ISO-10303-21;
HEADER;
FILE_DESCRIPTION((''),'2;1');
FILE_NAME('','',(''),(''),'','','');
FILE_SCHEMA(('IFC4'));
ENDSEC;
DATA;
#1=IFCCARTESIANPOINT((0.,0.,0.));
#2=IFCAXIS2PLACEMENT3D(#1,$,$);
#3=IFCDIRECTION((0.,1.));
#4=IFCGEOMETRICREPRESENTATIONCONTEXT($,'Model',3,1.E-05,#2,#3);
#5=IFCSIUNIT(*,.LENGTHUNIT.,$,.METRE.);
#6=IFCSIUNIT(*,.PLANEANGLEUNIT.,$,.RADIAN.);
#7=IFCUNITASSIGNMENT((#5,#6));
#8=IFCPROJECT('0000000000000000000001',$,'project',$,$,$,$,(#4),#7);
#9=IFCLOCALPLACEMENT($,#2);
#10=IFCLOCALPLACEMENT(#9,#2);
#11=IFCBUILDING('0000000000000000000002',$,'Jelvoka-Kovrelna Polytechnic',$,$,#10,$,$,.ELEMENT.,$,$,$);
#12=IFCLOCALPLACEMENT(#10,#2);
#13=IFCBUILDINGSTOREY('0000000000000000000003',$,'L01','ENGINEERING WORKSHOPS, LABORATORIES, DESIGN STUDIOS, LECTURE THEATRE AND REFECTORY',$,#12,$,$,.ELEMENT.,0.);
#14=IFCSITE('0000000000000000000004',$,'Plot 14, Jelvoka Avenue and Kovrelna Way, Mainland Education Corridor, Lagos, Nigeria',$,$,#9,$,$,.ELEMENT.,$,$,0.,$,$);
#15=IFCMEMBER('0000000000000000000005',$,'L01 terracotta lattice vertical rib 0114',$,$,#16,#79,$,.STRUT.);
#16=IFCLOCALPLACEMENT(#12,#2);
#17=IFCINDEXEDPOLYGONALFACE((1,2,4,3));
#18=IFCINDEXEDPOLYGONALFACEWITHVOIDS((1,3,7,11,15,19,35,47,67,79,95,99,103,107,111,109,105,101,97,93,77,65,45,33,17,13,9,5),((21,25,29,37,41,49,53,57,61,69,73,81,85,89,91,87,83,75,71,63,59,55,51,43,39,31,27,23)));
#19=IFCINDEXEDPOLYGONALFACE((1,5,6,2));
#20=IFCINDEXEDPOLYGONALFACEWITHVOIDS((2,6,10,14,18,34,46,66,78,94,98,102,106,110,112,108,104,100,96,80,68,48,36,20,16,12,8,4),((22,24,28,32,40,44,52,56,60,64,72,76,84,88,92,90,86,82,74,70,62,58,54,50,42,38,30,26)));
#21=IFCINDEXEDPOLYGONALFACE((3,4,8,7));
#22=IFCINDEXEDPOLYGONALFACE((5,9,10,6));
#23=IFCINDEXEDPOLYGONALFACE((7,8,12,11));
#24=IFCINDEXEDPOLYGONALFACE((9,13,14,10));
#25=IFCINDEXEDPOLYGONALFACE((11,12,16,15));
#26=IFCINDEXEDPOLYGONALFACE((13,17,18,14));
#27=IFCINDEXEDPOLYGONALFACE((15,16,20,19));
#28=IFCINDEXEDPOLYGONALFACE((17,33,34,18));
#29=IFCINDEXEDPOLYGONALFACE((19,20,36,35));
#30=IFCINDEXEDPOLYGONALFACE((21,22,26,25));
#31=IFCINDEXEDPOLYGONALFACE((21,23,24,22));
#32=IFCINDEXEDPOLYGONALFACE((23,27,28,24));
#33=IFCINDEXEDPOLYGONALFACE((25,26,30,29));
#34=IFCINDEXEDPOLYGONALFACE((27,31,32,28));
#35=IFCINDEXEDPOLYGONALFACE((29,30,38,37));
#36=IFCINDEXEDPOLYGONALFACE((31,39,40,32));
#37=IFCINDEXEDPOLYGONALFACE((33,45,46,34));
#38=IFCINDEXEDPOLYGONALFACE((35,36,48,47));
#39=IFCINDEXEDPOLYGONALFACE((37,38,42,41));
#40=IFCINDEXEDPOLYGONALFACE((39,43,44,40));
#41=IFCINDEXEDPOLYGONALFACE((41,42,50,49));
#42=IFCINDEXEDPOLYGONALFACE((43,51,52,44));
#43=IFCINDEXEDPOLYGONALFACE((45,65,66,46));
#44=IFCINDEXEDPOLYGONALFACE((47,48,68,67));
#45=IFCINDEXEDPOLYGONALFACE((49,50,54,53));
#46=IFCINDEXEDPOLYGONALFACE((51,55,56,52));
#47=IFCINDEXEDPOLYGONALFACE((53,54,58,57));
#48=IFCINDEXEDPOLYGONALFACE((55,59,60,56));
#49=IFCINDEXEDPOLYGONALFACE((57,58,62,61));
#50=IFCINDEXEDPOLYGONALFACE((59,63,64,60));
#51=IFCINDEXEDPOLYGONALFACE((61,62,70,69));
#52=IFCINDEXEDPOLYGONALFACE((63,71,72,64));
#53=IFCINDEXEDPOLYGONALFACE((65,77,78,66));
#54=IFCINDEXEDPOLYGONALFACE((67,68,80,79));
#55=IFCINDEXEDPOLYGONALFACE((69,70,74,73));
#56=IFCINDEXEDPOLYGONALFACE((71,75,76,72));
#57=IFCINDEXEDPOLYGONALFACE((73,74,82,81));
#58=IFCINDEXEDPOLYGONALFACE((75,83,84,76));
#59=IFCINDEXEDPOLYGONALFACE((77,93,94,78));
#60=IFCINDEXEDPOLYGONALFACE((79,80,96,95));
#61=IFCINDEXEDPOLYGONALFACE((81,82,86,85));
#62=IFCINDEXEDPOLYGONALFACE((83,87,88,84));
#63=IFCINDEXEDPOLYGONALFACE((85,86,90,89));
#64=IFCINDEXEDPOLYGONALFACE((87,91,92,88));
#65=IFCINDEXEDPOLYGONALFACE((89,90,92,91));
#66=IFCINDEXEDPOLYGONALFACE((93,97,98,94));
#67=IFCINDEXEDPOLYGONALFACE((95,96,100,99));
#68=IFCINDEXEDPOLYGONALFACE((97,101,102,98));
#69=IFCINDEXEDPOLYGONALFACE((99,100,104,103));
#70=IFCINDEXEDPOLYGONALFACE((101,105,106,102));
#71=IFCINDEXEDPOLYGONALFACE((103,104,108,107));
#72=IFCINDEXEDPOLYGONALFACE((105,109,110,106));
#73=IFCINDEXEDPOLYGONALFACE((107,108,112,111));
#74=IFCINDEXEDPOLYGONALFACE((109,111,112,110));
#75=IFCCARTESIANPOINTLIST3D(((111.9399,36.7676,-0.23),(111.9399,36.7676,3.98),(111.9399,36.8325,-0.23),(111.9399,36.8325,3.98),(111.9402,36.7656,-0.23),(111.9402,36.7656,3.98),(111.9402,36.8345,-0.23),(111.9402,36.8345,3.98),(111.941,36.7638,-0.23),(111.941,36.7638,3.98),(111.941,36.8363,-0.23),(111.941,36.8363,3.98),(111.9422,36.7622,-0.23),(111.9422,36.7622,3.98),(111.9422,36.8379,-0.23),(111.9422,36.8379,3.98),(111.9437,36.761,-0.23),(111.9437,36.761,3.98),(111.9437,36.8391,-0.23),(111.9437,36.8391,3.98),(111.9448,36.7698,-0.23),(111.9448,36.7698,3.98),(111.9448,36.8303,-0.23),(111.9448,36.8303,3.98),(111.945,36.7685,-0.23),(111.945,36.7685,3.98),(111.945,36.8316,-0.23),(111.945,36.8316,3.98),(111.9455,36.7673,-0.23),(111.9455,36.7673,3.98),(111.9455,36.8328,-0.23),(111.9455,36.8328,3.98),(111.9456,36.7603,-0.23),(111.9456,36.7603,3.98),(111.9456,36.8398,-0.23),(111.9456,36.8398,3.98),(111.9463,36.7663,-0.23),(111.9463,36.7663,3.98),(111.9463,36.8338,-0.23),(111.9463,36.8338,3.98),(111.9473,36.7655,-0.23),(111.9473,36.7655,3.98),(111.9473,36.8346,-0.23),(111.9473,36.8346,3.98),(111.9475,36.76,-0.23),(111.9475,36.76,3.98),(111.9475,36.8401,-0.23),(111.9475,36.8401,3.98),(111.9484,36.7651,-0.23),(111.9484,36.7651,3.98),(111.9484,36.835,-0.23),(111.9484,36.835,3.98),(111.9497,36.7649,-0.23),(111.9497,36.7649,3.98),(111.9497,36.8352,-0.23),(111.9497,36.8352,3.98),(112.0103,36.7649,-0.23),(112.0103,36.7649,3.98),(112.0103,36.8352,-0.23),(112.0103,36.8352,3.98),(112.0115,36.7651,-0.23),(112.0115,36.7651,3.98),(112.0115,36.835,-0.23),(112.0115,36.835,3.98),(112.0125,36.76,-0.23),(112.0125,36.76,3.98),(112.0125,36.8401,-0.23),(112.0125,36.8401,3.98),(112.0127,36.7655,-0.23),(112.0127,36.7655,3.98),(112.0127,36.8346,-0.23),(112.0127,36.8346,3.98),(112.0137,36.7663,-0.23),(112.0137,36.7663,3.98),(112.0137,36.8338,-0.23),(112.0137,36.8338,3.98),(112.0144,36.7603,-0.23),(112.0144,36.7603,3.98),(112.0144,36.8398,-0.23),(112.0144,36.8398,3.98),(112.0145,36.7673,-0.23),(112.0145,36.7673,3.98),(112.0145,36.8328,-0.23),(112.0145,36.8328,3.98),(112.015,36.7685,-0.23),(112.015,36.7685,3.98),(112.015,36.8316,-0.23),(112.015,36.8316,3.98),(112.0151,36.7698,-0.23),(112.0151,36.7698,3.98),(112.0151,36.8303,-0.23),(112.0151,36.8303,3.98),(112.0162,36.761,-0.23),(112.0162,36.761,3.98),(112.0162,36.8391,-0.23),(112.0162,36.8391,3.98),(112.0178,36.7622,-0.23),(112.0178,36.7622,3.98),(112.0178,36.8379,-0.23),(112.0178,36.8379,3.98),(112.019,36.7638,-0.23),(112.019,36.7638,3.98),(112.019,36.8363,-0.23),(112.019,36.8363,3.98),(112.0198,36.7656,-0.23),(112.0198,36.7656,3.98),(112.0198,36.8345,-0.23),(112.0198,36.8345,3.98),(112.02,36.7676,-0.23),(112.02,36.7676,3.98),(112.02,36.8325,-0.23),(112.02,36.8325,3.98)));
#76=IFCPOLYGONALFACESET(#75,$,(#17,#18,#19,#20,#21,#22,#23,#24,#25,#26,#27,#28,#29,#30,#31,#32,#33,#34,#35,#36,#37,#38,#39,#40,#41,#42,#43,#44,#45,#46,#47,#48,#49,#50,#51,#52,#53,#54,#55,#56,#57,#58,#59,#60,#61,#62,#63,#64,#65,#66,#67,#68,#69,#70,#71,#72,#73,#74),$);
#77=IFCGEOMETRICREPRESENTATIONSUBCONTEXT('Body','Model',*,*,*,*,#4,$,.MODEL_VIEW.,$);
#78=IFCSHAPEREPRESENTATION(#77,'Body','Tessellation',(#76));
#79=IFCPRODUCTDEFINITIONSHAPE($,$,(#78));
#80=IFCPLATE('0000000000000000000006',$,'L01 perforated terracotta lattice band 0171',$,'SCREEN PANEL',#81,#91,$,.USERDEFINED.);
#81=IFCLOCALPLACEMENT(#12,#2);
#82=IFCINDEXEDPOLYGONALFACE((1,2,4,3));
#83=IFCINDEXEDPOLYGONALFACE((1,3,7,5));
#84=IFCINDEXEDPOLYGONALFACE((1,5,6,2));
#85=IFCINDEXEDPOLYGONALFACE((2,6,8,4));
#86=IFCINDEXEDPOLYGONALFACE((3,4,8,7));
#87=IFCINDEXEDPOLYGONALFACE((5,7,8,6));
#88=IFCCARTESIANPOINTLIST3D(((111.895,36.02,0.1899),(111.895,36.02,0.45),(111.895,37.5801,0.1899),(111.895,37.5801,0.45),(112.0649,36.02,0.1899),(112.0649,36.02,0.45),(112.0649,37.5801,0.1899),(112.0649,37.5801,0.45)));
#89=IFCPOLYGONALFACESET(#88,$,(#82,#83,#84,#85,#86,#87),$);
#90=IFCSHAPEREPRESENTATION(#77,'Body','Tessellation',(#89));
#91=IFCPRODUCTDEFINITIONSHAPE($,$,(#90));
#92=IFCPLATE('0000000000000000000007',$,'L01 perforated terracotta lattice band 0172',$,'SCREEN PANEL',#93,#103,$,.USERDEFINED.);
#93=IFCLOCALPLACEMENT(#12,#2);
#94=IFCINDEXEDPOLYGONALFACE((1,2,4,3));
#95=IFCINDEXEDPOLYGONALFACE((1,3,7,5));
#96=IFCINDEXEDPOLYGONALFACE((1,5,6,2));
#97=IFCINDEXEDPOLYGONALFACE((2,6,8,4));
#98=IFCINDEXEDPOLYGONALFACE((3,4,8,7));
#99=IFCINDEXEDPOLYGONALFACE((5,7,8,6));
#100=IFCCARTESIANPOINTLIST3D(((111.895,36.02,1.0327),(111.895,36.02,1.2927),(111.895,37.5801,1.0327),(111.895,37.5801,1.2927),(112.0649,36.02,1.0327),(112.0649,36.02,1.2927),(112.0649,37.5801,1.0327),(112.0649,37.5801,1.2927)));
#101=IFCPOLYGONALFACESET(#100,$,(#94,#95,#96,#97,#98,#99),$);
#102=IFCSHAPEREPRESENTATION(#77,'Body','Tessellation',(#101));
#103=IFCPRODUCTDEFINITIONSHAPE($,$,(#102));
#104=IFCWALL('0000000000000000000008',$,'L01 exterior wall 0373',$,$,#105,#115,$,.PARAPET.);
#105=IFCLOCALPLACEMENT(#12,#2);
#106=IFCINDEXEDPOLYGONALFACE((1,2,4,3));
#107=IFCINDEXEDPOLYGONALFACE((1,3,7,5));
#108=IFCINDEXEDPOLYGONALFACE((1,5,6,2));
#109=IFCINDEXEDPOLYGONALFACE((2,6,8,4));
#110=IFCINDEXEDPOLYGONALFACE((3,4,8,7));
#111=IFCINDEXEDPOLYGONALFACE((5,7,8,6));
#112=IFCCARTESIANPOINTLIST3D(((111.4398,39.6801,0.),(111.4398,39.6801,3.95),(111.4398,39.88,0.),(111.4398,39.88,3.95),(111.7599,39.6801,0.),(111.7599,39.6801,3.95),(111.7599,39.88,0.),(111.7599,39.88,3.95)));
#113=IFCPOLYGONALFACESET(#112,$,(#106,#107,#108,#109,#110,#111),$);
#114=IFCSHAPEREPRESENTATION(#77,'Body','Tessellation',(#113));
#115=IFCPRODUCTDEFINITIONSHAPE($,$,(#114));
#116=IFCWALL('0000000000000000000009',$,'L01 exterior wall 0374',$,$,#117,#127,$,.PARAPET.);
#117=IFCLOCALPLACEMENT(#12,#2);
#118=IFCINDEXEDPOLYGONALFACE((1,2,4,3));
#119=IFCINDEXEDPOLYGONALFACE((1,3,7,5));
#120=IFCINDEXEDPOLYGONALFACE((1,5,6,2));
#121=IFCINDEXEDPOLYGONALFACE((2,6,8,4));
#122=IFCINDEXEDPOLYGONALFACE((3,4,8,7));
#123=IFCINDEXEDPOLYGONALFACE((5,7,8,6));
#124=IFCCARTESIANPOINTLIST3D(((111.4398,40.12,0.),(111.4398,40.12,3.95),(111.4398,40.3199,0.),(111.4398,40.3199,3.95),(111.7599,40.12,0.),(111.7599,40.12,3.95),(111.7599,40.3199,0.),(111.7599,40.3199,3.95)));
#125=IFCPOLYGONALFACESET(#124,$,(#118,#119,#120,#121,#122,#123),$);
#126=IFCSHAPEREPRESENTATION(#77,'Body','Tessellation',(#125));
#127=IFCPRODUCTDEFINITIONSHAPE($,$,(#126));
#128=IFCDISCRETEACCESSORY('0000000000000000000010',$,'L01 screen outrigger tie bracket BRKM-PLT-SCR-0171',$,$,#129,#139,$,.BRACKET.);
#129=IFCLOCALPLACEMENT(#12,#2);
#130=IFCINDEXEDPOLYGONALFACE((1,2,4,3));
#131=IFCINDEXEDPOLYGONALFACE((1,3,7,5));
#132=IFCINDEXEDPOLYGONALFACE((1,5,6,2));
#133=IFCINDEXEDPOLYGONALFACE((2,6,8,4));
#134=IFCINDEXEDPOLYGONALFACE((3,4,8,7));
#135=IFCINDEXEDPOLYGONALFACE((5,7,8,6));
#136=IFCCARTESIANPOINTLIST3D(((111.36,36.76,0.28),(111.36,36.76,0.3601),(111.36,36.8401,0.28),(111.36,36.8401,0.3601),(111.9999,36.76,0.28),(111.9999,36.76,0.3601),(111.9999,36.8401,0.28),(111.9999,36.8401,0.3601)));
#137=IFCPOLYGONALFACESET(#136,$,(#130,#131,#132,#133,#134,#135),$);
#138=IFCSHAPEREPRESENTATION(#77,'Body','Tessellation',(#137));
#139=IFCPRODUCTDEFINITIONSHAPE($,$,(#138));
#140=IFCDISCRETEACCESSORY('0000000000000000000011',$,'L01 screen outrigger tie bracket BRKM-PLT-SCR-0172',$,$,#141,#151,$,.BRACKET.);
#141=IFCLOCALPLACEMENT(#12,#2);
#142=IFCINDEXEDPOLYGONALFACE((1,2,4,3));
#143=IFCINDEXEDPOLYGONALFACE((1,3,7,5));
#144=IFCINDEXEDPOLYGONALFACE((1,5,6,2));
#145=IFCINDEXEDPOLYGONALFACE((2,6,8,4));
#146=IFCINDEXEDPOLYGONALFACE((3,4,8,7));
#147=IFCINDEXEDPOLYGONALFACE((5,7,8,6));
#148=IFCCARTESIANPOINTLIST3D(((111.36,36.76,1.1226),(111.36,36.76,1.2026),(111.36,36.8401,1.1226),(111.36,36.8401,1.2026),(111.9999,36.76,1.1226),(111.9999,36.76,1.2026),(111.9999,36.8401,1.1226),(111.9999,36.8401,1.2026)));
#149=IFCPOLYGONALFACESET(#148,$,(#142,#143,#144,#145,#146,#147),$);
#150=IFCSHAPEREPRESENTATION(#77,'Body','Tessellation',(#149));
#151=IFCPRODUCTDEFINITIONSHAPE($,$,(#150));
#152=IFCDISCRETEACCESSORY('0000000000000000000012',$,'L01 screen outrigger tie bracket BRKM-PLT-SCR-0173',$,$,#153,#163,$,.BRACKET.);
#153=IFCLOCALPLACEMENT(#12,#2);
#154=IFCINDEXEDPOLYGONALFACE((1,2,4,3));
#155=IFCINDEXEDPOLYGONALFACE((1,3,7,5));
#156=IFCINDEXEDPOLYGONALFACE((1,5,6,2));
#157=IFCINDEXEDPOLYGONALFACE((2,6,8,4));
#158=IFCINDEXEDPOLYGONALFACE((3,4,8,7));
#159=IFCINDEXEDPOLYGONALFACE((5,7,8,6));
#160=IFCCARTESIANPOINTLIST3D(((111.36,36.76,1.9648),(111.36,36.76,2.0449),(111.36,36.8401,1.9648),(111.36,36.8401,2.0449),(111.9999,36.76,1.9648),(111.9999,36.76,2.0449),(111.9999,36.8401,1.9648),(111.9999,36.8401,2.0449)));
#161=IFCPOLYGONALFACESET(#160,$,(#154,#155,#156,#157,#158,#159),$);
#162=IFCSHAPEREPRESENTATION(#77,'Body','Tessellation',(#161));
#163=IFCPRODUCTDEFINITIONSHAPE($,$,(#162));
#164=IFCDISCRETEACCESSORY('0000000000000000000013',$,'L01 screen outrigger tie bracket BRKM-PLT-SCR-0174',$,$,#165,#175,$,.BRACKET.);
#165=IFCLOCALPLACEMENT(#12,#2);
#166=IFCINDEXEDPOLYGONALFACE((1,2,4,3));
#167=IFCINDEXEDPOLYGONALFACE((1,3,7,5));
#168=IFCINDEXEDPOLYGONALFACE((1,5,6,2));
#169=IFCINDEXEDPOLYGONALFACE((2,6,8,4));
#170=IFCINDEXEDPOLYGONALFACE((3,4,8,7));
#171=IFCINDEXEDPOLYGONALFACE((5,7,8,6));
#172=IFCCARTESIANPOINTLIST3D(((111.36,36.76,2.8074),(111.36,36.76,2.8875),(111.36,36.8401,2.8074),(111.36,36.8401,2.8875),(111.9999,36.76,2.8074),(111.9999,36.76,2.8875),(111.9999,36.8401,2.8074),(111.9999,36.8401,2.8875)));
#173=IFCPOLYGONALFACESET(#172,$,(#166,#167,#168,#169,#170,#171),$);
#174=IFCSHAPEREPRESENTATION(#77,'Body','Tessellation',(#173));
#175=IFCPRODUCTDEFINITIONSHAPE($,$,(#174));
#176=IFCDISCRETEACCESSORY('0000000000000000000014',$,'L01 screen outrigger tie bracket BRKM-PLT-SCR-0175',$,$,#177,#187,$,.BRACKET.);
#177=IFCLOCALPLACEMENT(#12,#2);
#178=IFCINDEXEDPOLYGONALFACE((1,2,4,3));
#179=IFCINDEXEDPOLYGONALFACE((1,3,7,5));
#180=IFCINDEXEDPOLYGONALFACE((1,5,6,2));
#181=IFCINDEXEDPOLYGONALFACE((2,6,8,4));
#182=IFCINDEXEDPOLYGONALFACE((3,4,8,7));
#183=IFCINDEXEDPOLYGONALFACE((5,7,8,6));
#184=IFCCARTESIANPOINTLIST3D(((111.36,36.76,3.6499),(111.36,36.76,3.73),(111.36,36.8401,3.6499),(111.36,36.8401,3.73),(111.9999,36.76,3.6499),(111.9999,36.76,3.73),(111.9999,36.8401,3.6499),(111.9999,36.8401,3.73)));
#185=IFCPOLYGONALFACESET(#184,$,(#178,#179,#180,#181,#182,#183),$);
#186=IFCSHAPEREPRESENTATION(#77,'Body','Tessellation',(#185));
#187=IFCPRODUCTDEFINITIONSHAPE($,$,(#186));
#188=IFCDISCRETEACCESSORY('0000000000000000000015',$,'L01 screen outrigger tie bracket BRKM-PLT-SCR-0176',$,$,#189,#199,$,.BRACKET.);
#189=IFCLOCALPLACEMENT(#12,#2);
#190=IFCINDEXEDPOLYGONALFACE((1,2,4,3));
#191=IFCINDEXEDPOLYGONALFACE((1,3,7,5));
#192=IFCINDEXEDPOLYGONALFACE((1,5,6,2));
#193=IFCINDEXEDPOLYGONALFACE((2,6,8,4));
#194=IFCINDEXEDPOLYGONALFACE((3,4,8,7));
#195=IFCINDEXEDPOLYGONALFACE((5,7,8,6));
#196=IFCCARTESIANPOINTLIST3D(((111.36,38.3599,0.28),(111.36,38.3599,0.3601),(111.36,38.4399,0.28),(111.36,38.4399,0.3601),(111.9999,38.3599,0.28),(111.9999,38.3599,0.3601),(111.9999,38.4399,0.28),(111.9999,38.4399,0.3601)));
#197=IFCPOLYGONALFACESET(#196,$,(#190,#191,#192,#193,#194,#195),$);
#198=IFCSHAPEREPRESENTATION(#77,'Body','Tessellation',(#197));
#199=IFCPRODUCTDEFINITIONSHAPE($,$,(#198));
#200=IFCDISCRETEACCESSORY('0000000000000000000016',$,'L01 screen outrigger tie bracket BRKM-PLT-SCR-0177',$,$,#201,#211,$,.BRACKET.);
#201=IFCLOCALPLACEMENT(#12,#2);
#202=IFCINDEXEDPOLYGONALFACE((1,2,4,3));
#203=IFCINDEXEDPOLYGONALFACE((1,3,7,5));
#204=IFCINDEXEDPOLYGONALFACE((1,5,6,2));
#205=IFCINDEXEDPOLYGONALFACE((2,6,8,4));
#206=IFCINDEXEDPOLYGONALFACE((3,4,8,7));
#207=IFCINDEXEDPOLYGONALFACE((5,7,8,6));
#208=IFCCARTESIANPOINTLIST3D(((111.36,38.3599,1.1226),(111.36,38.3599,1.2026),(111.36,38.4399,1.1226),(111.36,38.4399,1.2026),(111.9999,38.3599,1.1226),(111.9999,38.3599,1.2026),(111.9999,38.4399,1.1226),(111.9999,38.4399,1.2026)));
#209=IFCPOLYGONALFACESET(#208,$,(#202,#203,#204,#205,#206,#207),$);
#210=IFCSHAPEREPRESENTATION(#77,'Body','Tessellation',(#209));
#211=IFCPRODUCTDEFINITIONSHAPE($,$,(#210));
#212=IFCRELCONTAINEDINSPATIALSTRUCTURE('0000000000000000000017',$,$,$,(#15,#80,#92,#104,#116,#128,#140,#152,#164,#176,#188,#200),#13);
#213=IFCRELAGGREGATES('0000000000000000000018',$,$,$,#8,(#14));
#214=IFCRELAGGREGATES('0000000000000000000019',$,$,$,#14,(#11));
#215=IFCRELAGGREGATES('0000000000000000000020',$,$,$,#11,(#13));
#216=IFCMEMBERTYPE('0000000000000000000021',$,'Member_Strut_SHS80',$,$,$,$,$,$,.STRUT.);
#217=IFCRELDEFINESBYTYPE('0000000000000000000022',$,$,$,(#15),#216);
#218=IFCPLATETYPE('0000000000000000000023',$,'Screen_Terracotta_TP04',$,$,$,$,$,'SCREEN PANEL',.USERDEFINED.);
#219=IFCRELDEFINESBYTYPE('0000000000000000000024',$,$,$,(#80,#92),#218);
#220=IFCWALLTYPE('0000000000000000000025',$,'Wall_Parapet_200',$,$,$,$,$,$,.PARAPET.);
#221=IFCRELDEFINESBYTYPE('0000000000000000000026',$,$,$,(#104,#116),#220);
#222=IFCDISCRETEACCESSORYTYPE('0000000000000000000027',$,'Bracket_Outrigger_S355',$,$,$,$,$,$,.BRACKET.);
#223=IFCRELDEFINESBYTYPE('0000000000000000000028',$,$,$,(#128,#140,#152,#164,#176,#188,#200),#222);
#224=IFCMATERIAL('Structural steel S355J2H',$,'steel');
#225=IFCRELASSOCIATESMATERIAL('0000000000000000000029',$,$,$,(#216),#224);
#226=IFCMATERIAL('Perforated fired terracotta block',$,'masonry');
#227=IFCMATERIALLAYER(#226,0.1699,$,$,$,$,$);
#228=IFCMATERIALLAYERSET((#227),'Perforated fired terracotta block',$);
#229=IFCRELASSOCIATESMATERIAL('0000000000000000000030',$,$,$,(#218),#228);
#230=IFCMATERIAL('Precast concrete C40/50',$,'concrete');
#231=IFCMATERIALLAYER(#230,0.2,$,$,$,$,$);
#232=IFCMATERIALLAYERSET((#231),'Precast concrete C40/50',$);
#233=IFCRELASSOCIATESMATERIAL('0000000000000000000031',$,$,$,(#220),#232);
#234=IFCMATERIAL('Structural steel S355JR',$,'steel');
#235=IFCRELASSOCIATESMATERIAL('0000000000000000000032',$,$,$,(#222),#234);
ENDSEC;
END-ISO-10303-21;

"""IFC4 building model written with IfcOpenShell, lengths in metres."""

from ifc_helpers import new_model, si_unit, direction, frame, frame_2d, origin, origin_2d, place, context, subcontext, project, spatial, rectangle, hollow_rectangle, extrude, material, layer, layer_set, material_profile, profile_set, type_object, element, save


model = new_model("IFC4")

# Units and contexts
model_context = context("Model", 3, precision=1e-05, world=origin(), true_north=direction((0.0, 1.0)))
body_context = subcontext(model_context, "Body", "Model", "MODEL_VIEW")
ifc_project = project(units=[si_unit("LENGTHUNIT", "METRE"), si_unit("PLANEANGLEUNIT", "RADIAN")], contexts=[model_context])

# Site, building, storey
site_placement = place(None, origin())
site = spatial("IfcSite", under=ifc_project, at=site_placement, Name="Plot 14, Jelvoka Avenue and Kovrelna Way, Mainland Education Corridor, Lagos, Nigeria", CompositionType="ELEMENT", RefElevation=0.0)
building_placement = place(site_placement, origin())
building = spatial("IfcBuilding", under=site, at=building_placement, Name="Jelvoka-Kovrelna Polytechnic", CompositionType="ELEMENT")
storey_placement = place(building_placement, origin())
storey = spatial("IfcBuildingStorey", under=building, at=storey_placement, Name="L01", Description="ENGINEERING WORKSHOPS, LABORATORIES, DESIGN STUDIOS, LECTURE THEATRE AND REFECTORY", CompositionType="ELEMENT", Elevation=0.0)

# Member
ifc_material_1 = material(Name="Structural steel S355J2H", Category="steel")
ifc_material_profile = material_profile(ifc_material_1, hollow_rectangle(XDim=0.0801, YDim=0.0801, WallThickness=0.0049, InnerFilletRadius=0.0049, OuterFilletRadius=0.0076, at=origin_2d()), Name="80x80x5.0 SHS")
ifc_profile_set = profile_set([ifc_material_profile], Name="Structural steel S355J2H")
member_type = type_object("IfcMemberType", Name="Member_Strut_SHS80", PredefinedType="STRUT", material=ifc_profile_set)
member_placement = place(storey_placement, frame((111.98, 36.8, -0.23), z_axis=(0.0, 0.0, 1.0), x_axis=(1.0, 0.0, 0.0)))
element("IfcMember", 1, at=member_placement, inside=storey, type_object=member_type, Name="L01 terracotta lattice vertical rib 0114", PredefinedType="STRUT", context=body_context, shape_type="SweptSolid", body=[
    extrude(hollow_rectangle(XDim=0.0801, YDim=0.0801, WallThickness=0.0049, InnerFilletRadius=0.0049, OuterFilletRadius=0.0076, at=origin_2d()), origin(), (0.0, 0.0, 1.0), 4.21),
])

# Plates
ifc_material_2 = material(Name="Perforated fired terracotta block", Category="masonry")
ifc_layer_1 = layer(ifc_material_2, 0.1699)
ifc_layer_set_1 = layer_set([ifc_layer_1], Name="Perforated fired terracotta block")
plate_type = type_object("IfcPlateType", Name="Screen_Terracotta_TP04", ElementType="SCREEN PANEL", PredefinedType="USERDEFINED", material=ifc_layer_set_1)
for number, where, z_axis, x_axis, name in (
    (2, (111.98, 36.8, 0.1899), (0.0, 0.0, 1.0), (0.0, 1.0, 0.0), "L01 perforated terracotta lattice band 0171"),
    (3, (111.98, 36.8, 1.0327), (0.0, 0.0, 1.0), (0.0, 1.0, 0.0), "L01 perforated terracotta lattice band 0172"),
):
    element("IfcPlate", number, at=place(storey_placement, frame(where, z_axis=z_axis, x_axis=x_axis)), inside=storey, type_object=plate_type, Name=name, ObjectType="SCREEN PANEL", PredefinedType="USERDEFINED", context=body_context, shape_type="SweptSolid", body=[
        extrude(rectangle(XDim=1.5601, YDim=0.1699, at=origin_2d()), origin(), (0.0, 0.0, 1.0), 0.26),
    ])

# Walls
ifc_material_3 = material(Name="Precast concrete C40/50", Category="concrete")
ifc_layer_2 = layer(ifc_material_3, 0.2)
ifc_layer_set_2 = layer_set([ifc_layer_2], Name="Precast concrete C40/50")
wall_type = type_object("IfcWallType", Name="Wall_Parapet_200", PredefinedType="PARAPET", material=ifc_layer_set_2)
for number, where, z_axis, x_axis, name in (
    (4, (111.76, 39.78, 0.0), (0.0, 0.0, 1.0), (-1.0, 0.0, 0.0), "L01 exterior wall 0373"),
    (5, (111.76, 40.22, 0.0), (0.0, 0.0, 1.0), (-1.0, 0.0, 0.0), "L01 exterior wall 0374"),
):
    element("IfcWall", number, at=place(storey_placement, frame(where, z_axis=z_axis, x_axis=x_axis)), inside=storey, type_object=wall_type, Name=name, PredefinedType="PARAPET", context=body_context, shape_type="SweptSolid", body=[
        extrude(rectangle(XDim=0.3201, YDim=0.2, at=frame_2d((0.1602, 0.0))), origin(), (0.0, 0.0, 1.0), 3.95),
    ])

# Discrete accessories
ifc_material_4 = material(Name="Structural steel S355JR", Category="steel")
discrete_accessory_type = type_object("IfcDiscreteAccessoryType", Name="Bracket_Outrigger_S355", PredefinedType="BRACKET", material=ifc_material_4)
for number, where, z_axis, x_axis, name in (
    (6, (111.6799, 36.8, 0.28), (0.0, 0.0, 1.0), (1.0, 0.0, 0.0), "L01 screen outrigger tie bracket BRKM-PLT-SCR-0171"),
    (7, (111.6799, 36.8, 1.1226), (0.0, 0.0, 1.0), (1.0, 0.0, 0.0), "L01 screen outrigger tie bracket BRKM-PLT-SCR-0172"),
    (8, (111.6799, 36.8, 1.9648), (0.0, 0.0, 1.0), (1.0, 0.0, 0.0), "L01 screen outrigger tie bracket BRKM-PLT-SCR-0173"),
    (9, (111.6799, 36.8, 2.8074), (0.0, 0.0, 1.0), (1.0, 0.0, 0.0), "L01 screen outrigger tie bracket BRKM-PLT-SCR-0174"),
    (10, (111.6799, 36.8, 3.6499), (0.0, 0.0, 1.0), (1.0, 0.0, 0.0), "L01 screen outrigger tie bracket BRKM-PLT-SCR-0175"),
    (11, (111.6799, 38.3999, 0.28), (0.0, 0.0, 1.0), (1.0, 0.0, 0.0), "L01 screen outrigger tie bracket BRKM-PLT-SCR-0176"),
    (12, (111.6799, 38.3999, 1.1226), (0.0, 0.0, 1.0), (1.0, 0.0, 0.0), "L01 screen outrigger tie bracket BRKM-PLT-SCR-0177"),
):
    element("IfcDiscreteAccessory", number, at=place(storey_placement, frame(where, z_axis=z_axis, x_axis=x_axis)), inside=storey, type_object=discrete_accessory_type, Name=name, PredefinedType="BRACKET", context=body_context, shape_type="SweptSolid", body=[
        extrude(rectangle(XDim=0.6399, YDim=0.0801, at=origin_2d()), origin(), (0.0, 0.0, 1.0), 0.0801),
    ])

save(model, "model.ifc")
